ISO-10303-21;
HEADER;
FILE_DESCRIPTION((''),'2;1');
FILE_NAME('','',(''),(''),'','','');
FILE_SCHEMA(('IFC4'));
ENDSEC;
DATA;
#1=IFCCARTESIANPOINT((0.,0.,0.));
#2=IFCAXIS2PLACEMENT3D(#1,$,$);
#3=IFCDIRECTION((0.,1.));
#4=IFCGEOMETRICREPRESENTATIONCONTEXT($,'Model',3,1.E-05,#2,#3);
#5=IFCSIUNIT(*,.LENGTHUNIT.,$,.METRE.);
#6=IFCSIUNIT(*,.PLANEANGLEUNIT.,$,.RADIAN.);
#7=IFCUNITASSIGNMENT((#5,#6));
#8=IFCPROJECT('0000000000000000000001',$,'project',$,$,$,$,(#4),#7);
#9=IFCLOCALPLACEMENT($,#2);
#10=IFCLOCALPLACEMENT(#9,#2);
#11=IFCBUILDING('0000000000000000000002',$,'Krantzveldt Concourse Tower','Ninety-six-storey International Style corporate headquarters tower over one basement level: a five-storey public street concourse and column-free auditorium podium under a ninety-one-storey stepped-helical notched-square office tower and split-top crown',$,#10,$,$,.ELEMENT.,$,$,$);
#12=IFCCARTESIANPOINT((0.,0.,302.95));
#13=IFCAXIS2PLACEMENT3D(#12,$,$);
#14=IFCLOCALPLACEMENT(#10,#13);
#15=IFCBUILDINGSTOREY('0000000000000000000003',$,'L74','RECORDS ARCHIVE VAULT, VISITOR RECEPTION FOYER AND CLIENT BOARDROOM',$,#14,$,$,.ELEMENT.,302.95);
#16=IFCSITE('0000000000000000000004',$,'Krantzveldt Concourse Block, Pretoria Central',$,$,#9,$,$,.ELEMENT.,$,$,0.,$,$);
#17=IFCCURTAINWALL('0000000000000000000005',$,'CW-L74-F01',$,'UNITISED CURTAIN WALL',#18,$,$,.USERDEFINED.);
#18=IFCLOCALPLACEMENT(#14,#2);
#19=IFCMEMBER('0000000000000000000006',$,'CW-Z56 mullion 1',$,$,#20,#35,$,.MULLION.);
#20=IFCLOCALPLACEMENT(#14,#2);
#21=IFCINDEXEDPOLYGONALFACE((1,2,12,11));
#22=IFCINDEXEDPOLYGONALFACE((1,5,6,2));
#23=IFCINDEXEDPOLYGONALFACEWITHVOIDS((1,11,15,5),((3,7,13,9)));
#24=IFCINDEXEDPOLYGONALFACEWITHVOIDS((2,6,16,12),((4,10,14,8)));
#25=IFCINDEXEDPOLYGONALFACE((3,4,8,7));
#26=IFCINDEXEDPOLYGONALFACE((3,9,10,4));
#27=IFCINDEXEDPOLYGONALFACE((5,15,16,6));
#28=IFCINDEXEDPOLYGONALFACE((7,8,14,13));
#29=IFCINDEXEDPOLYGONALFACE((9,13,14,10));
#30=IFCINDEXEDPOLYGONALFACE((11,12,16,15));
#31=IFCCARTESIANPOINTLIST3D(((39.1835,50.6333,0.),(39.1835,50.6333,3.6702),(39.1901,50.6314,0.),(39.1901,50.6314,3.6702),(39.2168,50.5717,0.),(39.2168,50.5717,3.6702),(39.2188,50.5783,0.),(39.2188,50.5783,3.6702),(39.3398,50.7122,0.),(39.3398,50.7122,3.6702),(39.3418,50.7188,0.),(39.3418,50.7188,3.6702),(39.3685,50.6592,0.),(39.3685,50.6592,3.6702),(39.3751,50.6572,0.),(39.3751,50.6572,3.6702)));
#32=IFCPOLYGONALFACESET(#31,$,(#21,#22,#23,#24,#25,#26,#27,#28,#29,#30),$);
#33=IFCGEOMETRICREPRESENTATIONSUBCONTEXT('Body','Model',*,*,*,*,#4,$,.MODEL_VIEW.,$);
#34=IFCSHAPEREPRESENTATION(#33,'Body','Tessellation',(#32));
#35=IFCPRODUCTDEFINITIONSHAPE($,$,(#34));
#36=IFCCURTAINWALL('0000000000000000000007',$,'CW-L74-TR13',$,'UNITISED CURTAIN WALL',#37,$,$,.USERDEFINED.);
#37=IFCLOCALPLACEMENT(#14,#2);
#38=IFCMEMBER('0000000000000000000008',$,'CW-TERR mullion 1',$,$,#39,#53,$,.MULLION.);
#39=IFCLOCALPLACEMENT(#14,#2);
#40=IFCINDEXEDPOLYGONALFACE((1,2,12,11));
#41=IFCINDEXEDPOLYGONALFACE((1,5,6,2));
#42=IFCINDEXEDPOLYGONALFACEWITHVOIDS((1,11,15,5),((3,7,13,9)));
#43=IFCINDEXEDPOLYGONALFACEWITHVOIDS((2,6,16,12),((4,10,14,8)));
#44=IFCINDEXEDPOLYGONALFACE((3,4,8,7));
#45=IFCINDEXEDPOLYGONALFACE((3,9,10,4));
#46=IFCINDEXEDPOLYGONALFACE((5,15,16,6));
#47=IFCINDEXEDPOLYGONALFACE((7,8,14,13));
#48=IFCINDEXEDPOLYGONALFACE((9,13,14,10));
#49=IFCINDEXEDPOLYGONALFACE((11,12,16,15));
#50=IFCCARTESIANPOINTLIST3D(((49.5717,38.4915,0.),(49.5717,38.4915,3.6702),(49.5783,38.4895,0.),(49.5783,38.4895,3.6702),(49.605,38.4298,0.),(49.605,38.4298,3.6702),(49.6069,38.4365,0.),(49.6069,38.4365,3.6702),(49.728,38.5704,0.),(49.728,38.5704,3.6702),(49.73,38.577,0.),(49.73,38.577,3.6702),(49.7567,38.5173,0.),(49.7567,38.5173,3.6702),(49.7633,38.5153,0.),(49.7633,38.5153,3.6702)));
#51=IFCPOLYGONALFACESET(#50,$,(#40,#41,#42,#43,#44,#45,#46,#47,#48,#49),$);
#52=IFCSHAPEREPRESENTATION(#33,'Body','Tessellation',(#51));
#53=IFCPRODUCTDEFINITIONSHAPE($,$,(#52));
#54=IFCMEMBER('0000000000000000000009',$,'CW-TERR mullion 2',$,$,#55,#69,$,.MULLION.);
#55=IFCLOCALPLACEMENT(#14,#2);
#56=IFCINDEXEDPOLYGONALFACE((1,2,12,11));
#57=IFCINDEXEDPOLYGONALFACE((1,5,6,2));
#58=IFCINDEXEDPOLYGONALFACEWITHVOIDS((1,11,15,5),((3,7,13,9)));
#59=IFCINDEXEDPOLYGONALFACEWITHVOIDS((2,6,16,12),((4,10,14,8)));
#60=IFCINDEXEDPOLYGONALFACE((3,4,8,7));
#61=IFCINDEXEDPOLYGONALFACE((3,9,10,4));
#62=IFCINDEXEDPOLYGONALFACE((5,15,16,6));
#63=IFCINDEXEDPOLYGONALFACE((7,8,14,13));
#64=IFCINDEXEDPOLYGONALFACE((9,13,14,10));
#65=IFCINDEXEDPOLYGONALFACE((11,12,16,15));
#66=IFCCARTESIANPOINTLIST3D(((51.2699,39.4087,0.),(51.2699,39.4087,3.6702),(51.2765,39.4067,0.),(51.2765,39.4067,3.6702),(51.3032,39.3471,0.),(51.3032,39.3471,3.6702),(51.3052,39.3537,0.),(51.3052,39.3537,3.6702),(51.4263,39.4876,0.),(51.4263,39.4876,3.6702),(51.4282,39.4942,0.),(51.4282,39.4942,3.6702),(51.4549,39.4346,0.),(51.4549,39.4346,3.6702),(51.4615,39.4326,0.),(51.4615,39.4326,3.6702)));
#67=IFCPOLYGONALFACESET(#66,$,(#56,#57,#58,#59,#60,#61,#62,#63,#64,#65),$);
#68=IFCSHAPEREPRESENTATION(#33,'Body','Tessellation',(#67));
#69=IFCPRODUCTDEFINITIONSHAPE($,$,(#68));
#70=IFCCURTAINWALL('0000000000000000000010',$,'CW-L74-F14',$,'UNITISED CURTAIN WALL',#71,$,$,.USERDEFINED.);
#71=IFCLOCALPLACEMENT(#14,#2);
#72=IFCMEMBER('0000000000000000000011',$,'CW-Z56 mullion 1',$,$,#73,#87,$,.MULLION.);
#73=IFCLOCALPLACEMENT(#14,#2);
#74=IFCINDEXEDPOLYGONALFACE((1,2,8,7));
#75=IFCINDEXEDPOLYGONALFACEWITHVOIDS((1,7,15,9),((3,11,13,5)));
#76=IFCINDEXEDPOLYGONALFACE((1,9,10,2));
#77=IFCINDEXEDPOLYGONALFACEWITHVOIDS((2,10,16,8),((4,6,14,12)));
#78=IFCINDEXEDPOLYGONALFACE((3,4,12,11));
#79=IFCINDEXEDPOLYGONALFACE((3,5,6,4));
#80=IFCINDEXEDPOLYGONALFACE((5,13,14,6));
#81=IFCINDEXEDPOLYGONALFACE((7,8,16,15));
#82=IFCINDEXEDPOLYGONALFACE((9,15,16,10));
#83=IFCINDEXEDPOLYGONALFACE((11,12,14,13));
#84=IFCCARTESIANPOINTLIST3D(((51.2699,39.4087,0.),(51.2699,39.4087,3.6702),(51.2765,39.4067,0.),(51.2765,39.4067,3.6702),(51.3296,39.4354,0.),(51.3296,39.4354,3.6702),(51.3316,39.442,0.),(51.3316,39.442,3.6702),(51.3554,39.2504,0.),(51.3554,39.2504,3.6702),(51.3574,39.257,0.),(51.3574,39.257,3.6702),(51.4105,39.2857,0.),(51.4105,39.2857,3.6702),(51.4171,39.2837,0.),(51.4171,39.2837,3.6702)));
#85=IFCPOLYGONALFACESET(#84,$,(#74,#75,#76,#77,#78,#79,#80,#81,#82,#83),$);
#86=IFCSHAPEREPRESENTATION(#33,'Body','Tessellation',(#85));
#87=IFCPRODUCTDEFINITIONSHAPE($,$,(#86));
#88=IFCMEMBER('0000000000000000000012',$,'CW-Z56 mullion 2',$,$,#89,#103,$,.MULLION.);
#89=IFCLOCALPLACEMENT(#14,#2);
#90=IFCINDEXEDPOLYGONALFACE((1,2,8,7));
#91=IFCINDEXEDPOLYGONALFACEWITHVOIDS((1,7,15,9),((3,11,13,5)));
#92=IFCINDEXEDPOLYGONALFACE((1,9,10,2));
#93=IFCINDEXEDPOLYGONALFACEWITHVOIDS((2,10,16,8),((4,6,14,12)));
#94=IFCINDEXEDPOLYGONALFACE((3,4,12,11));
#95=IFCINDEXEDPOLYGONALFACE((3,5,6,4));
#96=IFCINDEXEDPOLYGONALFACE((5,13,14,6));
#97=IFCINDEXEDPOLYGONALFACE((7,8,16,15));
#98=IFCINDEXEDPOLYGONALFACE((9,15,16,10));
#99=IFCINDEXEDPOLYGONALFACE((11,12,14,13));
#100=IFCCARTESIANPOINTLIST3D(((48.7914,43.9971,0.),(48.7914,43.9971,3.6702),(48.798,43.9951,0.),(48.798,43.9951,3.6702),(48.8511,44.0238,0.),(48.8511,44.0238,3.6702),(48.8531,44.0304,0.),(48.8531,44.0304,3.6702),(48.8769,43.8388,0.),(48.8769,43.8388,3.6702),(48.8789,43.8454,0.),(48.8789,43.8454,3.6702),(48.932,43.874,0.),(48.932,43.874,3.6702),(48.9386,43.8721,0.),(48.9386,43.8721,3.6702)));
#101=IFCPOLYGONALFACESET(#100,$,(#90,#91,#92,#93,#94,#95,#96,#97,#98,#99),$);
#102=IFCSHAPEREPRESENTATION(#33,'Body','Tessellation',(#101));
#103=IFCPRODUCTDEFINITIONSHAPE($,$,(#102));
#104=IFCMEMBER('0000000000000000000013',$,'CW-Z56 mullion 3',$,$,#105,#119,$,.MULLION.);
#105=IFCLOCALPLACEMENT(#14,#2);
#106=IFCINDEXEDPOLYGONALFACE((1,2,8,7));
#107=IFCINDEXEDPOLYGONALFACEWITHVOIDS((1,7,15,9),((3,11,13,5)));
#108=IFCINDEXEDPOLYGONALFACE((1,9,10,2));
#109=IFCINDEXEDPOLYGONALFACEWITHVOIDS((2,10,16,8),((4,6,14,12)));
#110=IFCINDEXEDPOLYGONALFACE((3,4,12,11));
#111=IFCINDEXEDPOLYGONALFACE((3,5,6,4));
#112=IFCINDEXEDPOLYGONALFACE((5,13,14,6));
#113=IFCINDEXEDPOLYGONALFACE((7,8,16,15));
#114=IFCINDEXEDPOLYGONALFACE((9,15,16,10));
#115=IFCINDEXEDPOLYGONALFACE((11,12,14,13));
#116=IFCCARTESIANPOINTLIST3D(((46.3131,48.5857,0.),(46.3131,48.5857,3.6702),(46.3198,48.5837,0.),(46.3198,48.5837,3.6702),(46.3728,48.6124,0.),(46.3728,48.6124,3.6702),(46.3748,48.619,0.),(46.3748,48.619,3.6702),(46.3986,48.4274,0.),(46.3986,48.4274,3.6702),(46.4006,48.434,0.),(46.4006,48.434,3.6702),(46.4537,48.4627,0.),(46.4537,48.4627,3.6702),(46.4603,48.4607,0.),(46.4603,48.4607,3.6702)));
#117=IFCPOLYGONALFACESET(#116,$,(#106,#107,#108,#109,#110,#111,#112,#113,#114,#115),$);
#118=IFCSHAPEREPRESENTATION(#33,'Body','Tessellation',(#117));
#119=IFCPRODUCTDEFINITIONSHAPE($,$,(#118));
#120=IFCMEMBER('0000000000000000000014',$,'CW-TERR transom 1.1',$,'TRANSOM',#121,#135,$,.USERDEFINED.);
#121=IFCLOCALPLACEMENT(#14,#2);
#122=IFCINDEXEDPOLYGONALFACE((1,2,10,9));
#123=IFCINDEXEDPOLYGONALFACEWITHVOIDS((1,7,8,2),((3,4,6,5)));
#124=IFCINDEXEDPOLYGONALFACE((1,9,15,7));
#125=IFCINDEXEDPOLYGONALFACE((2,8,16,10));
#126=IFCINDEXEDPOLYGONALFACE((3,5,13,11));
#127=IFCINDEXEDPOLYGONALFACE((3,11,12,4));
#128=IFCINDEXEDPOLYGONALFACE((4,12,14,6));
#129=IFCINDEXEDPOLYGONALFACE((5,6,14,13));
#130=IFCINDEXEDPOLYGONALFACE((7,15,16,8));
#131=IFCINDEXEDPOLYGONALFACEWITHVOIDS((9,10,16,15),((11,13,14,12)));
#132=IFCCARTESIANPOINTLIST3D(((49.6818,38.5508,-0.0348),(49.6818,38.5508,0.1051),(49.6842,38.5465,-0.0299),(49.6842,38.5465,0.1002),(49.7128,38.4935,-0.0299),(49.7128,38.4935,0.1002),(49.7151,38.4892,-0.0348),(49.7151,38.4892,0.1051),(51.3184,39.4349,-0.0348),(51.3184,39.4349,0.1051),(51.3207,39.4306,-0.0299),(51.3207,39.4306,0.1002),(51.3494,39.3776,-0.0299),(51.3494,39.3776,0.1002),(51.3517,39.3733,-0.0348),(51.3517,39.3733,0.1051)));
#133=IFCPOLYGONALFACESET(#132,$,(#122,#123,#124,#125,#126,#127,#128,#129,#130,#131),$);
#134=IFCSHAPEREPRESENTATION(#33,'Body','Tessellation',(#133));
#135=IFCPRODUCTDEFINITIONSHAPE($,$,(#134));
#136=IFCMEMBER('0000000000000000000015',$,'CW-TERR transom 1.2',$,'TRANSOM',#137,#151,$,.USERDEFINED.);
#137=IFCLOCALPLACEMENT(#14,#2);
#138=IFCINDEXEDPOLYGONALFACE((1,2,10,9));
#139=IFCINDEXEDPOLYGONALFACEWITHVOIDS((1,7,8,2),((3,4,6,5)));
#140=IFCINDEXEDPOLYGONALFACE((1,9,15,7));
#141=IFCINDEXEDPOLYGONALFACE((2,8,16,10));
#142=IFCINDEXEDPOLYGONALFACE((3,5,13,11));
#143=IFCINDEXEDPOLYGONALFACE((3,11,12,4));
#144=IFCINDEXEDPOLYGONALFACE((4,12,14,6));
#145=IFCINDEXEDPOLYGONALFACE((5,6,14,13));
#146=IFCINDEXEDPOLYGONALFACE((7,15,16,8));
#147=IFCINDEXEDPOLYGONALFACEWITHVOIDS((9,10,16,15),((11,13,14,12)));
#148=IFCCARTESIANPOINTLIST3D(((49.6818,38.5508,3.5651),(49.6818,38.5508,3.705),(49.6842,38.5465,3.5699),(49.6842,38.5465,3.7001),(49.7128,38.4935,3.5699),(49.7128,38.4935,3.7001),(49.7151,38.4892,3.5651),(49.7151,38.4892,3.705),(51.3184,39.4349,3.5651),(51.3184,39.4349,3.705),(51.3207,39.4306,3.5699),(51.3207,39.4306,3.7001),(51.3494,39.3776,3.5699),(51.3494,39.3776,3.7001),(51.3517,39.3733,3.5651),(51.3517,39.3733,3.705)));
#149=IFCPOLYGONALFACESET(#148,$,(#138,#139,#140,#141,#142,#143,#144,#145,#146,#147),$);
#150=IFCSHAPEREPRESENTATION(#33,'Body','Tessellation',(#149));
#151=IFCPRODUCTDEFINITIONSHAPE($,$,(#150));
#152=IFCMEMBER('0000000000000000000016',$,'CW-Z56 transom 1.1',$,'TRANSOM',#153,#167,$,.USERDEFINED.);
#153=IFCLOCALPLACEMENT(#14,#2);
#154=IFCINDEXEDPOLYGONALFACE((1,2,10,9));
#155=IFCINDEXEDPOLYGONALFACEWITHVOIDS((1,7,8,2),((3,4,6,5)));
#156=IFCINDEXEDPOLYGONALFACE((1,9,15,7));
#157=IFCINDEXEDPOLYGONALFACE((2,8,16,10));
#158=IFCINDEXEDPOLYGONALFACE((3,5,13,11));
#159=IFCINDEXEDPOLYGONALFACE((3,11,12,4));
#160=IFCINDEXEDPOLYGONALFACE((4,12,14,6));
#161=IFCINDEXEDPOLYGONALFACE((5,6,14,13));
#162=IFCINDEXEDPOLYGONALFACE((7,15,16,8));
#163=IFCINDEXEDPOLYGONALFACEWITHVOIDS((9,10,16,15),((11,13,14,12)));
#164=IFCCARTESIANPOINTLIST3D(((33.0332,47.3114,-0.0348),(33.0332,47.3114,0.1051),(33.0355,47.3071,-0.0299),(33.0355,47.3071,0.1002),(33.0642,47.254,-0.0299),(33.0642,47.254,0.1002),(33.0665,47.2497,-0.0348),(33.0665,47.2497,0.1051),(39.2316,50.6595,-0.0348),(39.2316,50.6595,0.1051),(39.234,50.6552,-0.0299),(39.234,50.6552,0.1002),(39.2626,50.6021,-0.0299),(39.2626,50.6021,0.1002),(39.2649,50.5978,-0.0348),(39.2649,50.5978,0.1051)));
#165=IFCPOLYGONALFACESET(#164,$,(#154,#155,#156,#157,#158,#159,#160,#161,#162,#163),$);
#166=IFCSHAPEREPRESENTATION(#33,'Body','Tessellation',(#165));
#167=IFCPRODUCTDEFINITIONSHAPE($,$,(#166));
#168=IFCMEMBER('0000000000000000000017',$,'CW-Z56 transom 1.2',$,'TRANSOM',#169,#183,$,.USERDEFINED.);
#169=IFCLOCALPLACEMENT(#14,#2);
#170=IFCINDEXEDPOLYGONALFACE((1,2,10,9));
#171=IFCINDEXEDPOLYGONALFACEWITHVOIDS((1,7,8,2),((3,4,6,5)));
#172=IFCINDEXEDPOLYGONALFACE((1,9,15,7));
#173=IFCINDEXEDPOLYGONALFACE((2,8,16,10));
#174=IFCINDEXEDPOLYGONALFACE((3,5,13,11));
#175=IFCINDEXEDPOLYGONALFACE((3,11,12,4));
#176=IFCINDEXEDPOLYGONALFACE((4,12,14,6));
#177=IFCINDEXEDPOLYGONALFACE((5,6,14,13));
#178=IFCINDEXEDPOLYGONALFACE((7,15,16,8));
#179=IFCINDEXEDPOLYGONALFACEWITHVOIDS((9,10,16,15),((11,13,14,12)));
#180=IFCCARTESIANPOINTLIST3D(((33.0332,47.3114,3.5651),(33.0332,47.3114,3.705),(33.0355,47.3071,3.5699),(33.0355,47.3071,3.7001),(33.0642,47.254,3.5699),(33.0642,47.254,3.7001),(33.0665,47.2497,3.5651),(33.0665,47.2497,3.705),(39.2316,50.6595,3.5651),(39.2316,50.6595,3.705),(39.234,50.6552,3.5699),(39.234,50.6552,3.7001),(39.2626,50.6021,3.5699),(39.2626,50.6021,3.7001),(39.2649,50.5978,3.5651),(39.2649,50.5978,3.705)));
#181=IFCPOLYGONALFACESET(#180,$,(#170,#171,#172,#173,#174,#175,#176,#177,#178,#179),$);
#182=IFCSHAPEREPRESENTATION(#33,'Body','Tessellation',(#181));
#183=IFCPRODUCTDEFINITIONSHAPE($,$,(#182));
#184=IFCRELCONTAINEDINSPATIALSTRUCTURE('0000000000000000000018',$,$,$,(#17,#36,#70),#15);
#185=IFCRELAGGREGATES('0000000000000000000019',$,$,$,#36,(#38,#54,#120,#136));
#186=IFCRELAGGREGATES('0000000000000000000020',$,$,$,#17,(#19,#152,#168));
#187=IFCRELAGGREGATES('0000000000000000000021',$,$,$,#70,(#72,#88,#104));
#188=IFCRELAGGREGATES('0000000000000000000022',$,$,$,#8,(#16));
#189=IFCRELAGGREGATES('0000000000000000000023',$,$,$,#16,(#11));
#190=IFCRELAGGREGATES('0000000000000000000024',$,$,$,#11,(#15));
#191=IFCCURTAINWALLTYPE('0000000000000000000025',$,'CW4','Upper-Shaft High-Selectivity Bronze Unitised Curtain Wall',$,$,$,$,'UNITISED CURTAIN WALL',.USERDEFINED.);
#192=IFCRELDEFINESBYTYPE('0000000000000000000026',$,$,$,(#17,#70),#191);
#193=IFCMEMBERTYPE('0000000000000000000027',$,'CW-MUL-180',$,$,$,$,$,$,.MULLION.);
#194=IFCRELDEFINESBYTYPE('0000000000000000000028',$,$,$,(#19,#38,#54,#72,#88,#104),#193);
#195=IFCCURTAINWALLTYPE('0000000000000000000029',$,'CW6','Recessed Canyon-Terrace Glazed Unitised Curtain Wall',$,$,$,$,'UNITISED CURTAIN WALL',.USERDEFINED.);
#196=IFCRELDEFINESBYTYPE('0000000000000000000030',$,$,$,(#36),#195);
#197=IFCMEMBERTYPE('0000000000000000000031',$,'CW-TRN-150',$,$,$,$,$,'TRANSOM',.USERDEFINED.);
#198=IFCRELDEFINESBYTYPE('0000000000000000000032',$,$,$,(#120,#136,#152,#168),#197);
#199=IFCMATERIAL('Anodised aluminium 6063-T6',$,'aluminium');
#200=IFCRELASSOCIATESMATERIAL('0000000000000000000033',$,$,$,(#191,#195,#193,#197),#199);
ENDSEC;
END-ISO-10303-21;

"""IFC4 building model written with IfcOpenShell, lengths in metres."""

from ifc_helpers import new_model, si_unit, direction, frame, origin, origin_2d, place, context, subcontext, project, spatial, hollow_rectangle, extrude, source, transform, mapped, material, material_profile, profile_set, type_object, type_shapes, element, aggregate, save


model = new_model("IFC4")

# Units and contexts
model_context = context("Model", 3, precision=1e-05, world=origin(), true_north=direction((0.0, 1.0)))
body_context = subcontext(model_context, "Body", "Model", "MODEL_VIEW")
ifc_project = project(units=[si_unit("LENGTHUNIT", "METRE"), si_unit("PLANEANGLEUNIT", "RADIAN")], contexts=[model_context])

# Site, building, storey
site_placement = place(None, origin())
site = spatial("IfcSite", under=ifc_project, at=site_placement, Name="Krantzveldt Concourse Block, Pretoria Central", CompositionType="ELEMENT", RefElevation=0.0)
building_placement = place(site_placement, origin())
building = spatial("IfcBuilding", under=site, at=building_placement, Name="Krantzveldt Concourse Tower", Description="Ninety-six-storey International Style corporate headquarters tower over one basement level: a five-storey public street concourse and column-free auditorium podium under a ninety-one-storey stepped-helical notched-square office tower and split-top crown", CompositionType="ELEMENT")
storey_placement = place(building_placement, frame((0.0, 0.0, 302.95)))
storey = spatial("IfcBuildingStorey", under=building, at=storey_placement, Name="L74", Description="RECORDS ARCHIVE VAULT, VISITOR RECEPTION FOYER AND CLIENT BOARDROOM", CompositionType="ELEMENT", Elevation=302.95)

# Curtain wall, member
ifc_material_1 = material(Name="Anodised aluminium 6063-T6", Category="aluminium")
curtain_wall_type_1 = type_object("IfcCurtainWallType", Name="CW4", Description="Upper-Shaft High-Selectivity Bronze Unitised Curtain Wall", ElementType="UNITISED CURTAIN WALL", PredefinedType="USERDEFINED", material=ifc_material_1)
curtain_wall_1_placement = place(storey_placement, origin())
curtain_wall_1 = element("IfcCurtainWall", 1, at=curtain_wall_1_placement, inside=storey, type_object=curtain_wall_type_1, Name="CW-L74-F01", ObjectType="UNITISED CURTAIN WALL", PredefinedType="USERDEFINED")
ifc_material_profile_1 = material_profile(ifc_material_1, hollow_rectangle(XDim=0.0701, YDim=0.1799, WallThickness=0.0049, at=origin_2d()), Name="Anodised aluminium 6063-T6", Category="aluminium")
ifc_profile_set_1 = profile_set([ifc_material_profile_1], Name="Anodised aluminium 6063-T6 - ALU-MULL 180x70x5")
member_type_1 = type_object("IfcMemberType", Name="CW-MUL-180", PredefinedType="MULLION", material=ifc_profile_set_1)
shared_shape_1 = source(origin(), body_context, "Body", "SweptSolid", [
    extrude(hollow_rectangle(XDim=0.0701, YDim=0.1799, WallThickness=0.0049, at=origin_2d()), origin(), (0.0, 0.0, 1.0), 3.6702),
])
type_shapes(member_type_1, [shared_shape_1])
member_1_placement = place(storey_placement, frame((39.2793, 50.6453, 0.0), z_axis=(0.0, 0.0, 1.0), x_axis=(0.47524, -0.879856, 0.0)))
member_1 = element("IfcMember", 2, at=member_1_placement, type_object=member_type_1, Name="CW-Z56 mullion 1", PredefinedType="MULLION", context=body_context, shape_type="MappedRepresentation", body=[
    mapped(shared_shape_1, transform((0.0, 0.0, 0.0), x_axis=(1.0, 0.0, 0.0), y_axis=(0.0, 1.0, 0.0), z_axis=(0.0, 0.0, 1.0), scale=1.0)),
])

# Curtain walls, members
curtain_wall_type_2 = type_object("IfcCurtainWallType", Name="CW6", Description="Recessed Canyon-Terrace Glazed Unitised Curtain Wall", ElementType="UNITISED CURTAIN WALL", PredefinedType="USERDEFINED", material=ifc_material_1)
curtain_wall_2_placement = place(storey_placement, origin())
curtain_wall_2 = element("IfcCurtainWall", 3, at=curtain_wall_2_placement, inside=storey, type_object=curtain_wall_type_2, Name="CW-L74-TR13", ObjectType="UNITISED CURTAIN WALL", PredefinedType="USERDEFINED")
member_2_placement = place(storey_placement, frame((49.6675, 38.5034, 0.0), z_axis=(0.0, 0.0, 1.0), x_axis=(-0.475241, 0.879856, 0.0)))
member_2 = element("IfcMember", 4, at=member_2_placement, type_object=member_type_1, Name="CW-TERR mullion 1", PredefinedType="MULLION", context=body_context, shape_type="MappedRepresentation", body=[
    mapped(shared_shape_1, transform((0.0, 0.0, 0.0), x_axis=(1.0, 0.0, 0.0), y_axis=(0.0, 1.0, 0.0), z_axis=(0.0, 0.0, 1.0), scale=1.0)),
])
member_3_placement = place(storey_placement, frame((51.3657, 39.4207, 0.0), z_axis=(0.0, 0.0, 1.0), x_axis=(-0.475241, 0.879856, 0.0)))
member_3 = element("IfcMember", 5, at=member_3_placement, type_object=member_type_1, Name="CW-TERR mullion 2", PredefinedType="MULLION", context=body_context, shape_type="MappedRepresentation", body=[
    mapped(shared_shape_1, transform((0.0, 0.0, 0.0), x_axis=(1.0, 0.0, 0.0), y_axis=(0.0, 1.0, 0.0), z_axis=(0.0, 0.0, 1.0), scale=1.0)),
])
curtain_wall_3_placement = place(storey_placement, origin())
curtain_wall_3 = element("IfcCurtainWall", 6, at=curtain_wall_3_placement, inside=storey, type_object=curtain_wall_type_1, Name="CW-L74-F14", ObjectType="UNITISED CURTAIN WALL", PredefinedType="USERDEFINED")
member_4_placement = place(storey_placement, frame((51.3435, 39.3462, 0.0), z_axis=(0.0, 0.0, 1.0), x_axis=(-0.879856, -0.47524, 0.0)))
member_4 = element("IfcMember", 7, at=member_4_placement, type_object=member_type_1, Name="CW-Z56 mullion 1", PredefinedType="MULLION", context=body_context, shape_type="MappedRepresentation", body=[
    mapped(shared_shape_1, transform((0.0, 0.0, 0.0), x_axis=(1.0, 0.0, 0.0), y_axis=(0.0, 1.0, 0.0), z_axis=(0.0, 0.0, 1.0), scale=1.0)),
])
member_5_placement = place(storey_placement, frame((48.865, 43.9346, 0.0), z_axis=(0.0, 0.0, 1.0), x_axis=(-0.879856, -0.47524, 0.0)))
member_5 = element("IfcMember", 8, at=member_5_placement, type_object=member_type_1, Name="CW-Z56 mullion 2", PredefinedType="MULLION", context=body_context, shape_type="MappedRepresentation", body=[
    mapped(shared_shape_1, transform((0.0, 0.0, 0.0), x_axis=(1.0, 0.0, 0.0), y_axis=(0.0, 1.0, 0.0), z_axis=(0.0, 0.0, 1.0), scale=1.0)),
])
member_6_placement = place(storey_placement, frame((46.3867, 48.5232, 0.0), z_axis=(0.0, 0.0, 1.0), x_axis=(-0.879856, -0.47524, 0.0)))
member_6 = element("IfcMember", 9, at=member_6_placement, type_object=member_type_1, Name="CW-Z56 mullion 3", PredefinedType="MULLION", context=body_context, shape_type="MappedRepresentation", body=[
    mapped(shared_shape_1, transform((0.0, 0.0, 0.0), x_axis=(1.0, 0.0, 0.0), y_axis=(0.0, 1.0, 0.0), z_axis=(0.0, 0.0, 1.0), scale=1.0)),
])

# Members
ifc_material_profile_2 = material_profile(ifc_material_1, hollow_rectangle(XDim=0.0701, YDim=0.1399, WallThickness=0.0049, at=origin_2d()), Name="Anodised aluminium 6063-T6", Category="aluminium")
ifc_profile_set_2 = profile_set([ifc_material_profile_2], Name="Anodised aluminium 6063-T6 - ALU-TRAN 140x70x5")
member_type_2 = type_object("IfcMemberType", Name="CW-TRN-150", ElementType="TRANSOM", PredefinedType="USERDEFINED", material=ifc_profile_set_2)
shared_shape_2 = source(origin(), body_context, "Body", "SweptSolid", [
    extrude(hollow_rectangle(XDim=0.0701, YDim=0.1399, WallThickness=0.0049, at=origin_2d()), origin(), (0.0, 0.0, 1.0), 1.8601),
])
member_7_placement = place(storey_placement, frame((49.6985, 38.52, 0.0352), z_axis=(0.87983, 0.475289, 0.0), x_axis=(-0.475289, 0.87983, 0.0)))
member_7 = element("IfcMember", 10, at=member_7_placement, type_object=member_type_2, Name="CW-TERR transom 1.1", ObjectType="TRANSOM", PredefinedType="USERDEFINED", context=body_context, shape_type="MappedRepresentation", body=[
    mapped(shared_shape_2, transform((0.0, 0.0, 0.0), x_axis=(1.0, 0.0, 0.0), y_axis=(0.0, 1.0, 0.0), z_axis=(0.0, 0.0, 1.0), scale=1.0)),
])
member_8_placement = place(storey_placement, frame((49.6985, 38.52, 3.635), z_axis=(0.87983, 0.475289, 0.0), x_axis=(-0.475289, 0.87983, 0.0)))
member_8 = element("IfcMember", 11, at=member_8_placement, type_object=member_type_2, Name="CW-TERR transom 1.2", ObjectType="TRANSOM", PredefinedType="USERDEFINED", context=body_context, shape_type="MappedRepresentation", body=[
    mapped(shared_shape_2, transform((0.0, 0.0, 0.0), x_axis=(1.0, 0.0, 0.0), y_axis=(0.0, 1.0, 0.0), z_axis=(0.0, 0.0, 1.0), scale=1.0)),
])
shared_shape_3 = source(origin(), body_context, "Body", "SweptSolid", [
    extrude(hollow_rectangle(XDim=0.0701, YDim=0.1399, WallThickness=0.0049, at=origin_2d()), origin(), (0.0, 0.0, 1.0), 7.0449),
])
member_9_placement = place(storey_placement, frame((39.2483, 50.6287, 0.0352), z_axis=(-0.879848, -0.475255, 0.0), x_axis=(0.475255, -0.879848, 0.0)))
member_9 = element("IfcMember", 12, at=member_9_placement, type_object=member_type_2, Name="CW-Z56 transom 1.1", ObjectType="TRANSOM", PredefinedType="USERDEFINED", context=body_context, shape_type="MappedRepresentation", body=[
    mapped(shared_shape_3, transform((0.0, 0.0, 0.0), x_axis=(1.0, 0.0, 0.0), y_axis=(0.0, 1.0, 0.0), z_axis=(0.0, 0.0, 1.0), scale=1.0)),
])
member_10_placement = place(storey_placement, frame((39.2483, 50.6287, 3.635), z_axis=(-0.879848, -0.475255, 0.0), x_axis=(0.475255, -0.879848, 0.0)))
member_10 = element("IfcMember", 13, at=member_10_placement, type_object=member_type_2, Name="CW-Z56 transom 1.2", ObjectType="TRANSOM", PredefinedType="USERDEFINED", context=body_context, shape_type="MappedRepresentation", body=[
    mapped(shared_shape_3, transform((0.0, 0.0, 0.0), x_axis=(1.0, 0.0, 0.0), y_axis=(0.0, 1.0, 0.0), z_axis=(0.0, 0.0, 1.0), scale=1.0)),
])

aggregate(curtain_wall_2, [member_2, member_3, member_7, member_8])
aggregate(curtain_wall_1, [member_1, member_9, member_10])
aggregate(curtain_wall_3, [member_4, member_5, member_6])

save(model, "model.ifc")
